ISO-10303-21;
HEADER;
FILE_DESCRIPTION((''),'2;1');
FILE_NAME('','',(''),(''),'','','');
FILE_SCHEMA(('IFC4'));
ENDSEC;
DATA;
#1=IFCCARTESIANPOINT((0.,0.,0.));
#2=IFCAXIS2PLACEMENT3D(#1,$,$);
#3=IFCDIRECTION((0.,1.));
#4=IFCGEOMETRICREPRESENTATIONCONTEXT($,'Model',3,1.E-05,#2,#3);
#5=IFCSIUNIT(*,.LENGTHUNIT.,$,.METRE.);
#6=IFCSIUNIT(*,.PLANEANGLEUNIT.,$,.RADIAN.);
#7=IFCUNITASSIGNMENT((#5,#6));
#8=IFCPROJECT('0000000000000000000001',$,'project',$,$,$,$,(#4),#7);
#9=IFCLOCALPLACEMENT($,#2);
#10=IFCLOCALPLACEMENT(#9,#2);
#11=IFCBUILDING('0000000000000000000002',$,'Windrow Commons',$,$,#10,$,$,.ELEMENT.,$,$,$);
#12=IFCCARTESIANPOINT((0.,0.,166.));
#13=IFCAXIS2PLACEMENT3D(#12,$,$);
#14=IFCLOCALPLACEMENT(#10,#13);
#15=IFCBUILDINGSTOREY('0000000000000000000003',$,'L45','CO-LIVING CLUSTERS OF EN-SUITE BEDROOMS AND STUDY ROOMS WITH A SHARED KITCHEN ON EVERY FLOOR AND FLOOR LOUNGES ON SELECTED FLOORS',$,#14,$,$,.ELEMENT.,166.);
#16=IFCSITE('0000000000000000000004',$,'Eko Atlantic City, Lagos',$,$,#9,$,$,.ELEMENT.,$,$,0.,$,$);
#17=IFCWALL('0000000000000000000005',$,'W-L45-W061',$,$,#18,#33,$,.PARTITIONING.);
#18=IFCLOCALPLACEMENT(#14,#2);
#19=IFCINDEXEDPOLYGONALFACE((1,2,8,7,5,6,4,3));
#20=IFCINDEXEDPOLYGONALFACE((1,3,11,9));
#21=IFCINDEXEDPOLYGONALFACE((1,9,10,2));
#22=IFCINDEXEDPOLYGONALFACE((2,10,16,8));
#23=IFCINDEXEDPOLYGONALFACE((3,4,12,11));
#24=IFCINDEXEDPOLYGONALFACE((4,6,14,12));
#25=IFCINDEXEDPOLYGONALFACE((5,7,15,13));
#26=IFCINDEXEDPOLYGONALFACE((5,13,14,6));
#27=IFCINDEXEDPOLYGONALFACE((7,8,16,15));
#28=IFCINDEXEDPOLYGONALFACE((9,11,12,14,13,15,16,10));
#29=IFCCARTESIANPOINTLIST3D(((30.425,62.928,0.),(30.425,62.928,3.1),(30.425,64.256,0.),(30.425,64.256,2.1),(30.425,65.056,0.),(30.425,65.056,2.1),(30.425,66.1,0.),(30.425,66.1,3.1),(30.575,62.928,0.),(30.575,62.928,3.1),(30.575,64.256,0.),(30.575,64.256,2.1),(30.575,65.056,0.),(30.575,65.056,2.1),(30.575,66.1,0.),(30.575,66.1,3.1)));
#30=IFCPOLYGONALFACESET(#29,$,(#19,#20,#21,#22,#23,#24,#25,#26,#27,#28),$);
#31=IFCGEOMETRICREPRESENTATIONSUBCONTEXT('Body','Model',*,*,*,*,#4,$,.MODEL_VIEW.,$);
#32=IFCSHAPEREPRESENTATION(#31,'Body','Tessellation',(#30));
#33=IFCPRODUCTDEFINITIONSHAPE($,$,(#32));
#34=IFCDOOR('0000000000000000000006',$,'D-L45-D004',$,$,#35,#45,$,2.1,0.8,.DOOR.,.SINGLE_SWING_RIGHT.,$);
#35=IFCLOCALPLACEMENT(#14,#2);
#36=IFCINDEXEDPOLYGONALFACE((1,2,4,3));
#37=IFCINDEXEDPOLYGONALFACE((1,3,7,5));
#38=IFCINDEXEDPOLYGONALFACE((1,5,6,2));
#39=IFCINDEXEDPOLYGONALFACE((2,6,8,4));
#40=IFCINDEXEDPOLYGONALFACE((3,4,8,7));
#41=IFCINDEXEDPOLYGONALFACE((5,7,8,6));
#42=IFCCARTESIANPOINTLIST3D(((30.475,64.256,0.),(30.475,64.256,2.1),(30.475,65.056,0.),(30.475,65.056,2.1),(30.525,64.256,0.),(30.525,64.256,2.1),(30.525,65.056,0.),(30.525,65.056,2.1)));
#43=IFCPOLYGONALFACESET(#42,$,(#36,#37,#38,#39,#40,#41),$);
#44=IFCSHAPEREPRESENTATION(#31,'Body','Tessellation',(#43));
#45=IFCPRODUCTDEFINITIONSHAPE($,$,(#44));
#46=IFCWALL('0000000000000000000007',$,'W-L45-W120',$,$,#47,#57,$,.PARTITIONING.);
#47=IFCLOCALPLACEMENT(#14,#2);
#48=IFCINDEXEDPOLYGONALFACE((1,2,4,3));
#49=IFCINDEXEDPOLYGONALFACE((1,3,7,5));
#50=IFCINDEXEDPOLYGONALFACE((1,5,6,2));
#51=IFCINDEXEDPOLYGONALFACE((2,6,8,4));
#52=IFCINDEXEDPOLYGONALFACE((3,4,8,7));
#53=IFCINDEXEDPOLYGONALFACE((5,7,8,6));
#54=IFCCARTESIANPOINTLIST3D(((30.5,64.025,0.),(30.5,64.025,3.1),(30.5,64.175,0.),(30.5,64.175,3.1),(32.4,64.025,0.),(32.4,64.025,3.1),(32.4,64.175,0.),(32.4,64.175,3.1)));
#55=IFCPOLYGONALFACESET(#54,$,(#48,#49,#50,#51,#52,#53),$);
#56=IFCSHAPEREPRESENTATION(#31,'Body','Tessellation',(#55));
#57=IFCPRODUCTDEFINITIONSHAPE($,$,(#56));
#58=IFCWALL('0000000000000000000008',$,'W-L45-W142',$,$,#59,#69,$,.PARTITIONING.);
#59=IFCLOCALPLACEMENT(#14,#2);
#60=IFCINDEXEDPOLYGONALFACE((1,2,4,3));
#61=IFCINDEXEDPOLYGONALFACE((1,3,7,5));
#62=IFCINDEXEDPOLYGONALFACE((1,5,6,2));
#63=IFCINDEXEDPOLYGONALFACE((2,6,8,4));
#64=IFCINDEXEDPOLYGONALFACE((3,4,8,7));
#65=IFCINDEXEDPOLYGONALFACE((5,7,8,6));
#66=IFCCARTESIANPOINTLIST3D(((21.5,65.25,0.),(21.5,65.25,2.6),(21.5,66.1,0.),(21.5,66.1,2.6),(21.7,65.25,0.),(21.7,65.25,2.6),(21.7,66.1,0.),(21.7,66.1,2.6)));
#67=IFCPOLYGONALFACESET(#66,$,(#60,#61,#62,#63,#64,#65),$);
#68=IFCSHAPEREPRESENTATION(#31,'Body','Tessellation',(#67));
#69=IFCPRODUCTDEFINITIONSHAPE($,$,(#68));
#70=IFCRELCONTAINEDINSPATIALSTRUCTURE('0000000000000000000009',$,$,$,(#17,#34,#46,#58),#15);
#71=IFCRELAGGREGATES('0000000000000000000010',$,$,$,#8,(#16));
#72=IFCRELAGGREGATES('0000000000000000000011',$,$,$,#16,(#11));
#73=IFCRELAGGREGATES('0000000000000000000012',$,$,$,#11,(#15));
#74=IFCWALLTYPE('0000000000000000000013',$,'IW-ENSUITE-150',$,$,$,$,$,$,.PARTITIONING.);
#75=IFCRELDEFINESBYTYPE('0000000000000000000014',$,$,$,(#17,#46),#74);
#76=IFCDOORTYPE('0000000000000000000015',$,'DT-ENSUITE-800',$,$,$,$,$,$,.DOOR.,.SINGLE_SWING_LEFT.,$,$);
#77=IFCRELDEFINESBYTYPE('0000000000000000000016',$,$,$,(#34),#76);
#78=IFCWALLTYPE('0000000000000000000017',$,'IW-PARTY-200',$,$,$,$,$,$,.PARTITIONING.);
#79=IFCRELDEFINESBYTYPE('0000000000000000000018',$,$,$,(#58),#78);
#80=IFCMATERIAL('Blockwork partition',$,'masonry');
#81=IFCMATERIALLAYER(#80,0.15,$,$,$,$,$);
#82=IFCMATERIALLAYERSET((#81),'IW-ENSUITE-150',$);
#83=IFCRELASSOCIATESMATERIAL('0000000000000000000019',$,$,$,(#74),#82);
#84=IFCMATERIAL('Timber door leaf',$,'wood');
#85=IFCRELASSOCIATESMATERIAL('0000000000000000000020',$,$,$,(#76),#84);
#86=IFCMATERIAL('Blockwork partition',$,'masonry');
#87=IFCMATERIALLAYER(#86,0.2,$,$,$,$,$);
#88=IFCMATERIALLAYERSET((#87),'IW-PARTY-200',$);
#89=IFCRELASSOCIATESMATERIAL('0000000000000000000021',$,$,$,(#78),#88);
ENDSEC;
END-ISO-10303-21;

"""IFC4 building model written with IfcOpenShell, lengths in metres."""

from ifc_helpers import new_model, si_unit, direction, frame, frame_2d, origin, place, context, subcontext, project, spatial, rectangle, extrude, material, layer, layer_set, type_object, element, fill, save


model = new_model("IFC4")

# Units and contexts
model_context = context("Model", 3, precision=1e-05, world=origin(), true_north=direction((0.0, 1.0)))
body_context = subcontext(model_context, "Body", "Model", "MODEL_VIEW")
ifc_project = project(units=[si_unit("LENGTHUNIT", "METRE"), si_unit("PLANEANGLEUNIT", "RADIAN")], contexts=[model_context])

# Site, building, storey
site_placement = place(None, origin())
site = spatial("IfcSite", under=ifc_project, at=site_placement, Name="Eko Atlantic City, Lagos", CompositionType="ELEMENT", RefElevation=0.0)
building_placement = place(site_placement, origin())
building = spatial("IfcBuilding", under=site, at=building_placement, Name="Windrow Commons", CompositionType="ELEMENT")
storey_placement = place(building_placement, frame((0.0, 0.0, 166.0)))
storey = spatial("IfcBuildingStorey", under=building, at=storey_placement, Name="L45", Description="CO-LIVING CLUSTERS OF EN-SUITE BEDROOMS AND STUDY ROOMS WITH A SHARED KITCHEN ON EVERY FLOOR AND FLOOR LOUNGES ON SELECTED FLOORS", CompositionType="ELEMENT", Elevation=166.0)

# Wall, opening, door
ifc_material_1 = material(Name="Blockwork partition", Category="masonry")
ifc_layer_1 = layer(ifc_material_1, 0.15)
ifc_layer_set_1 = layer_set([ifc_layer_1], Name="IW-ENSUITE-150")
wall_type_1 = type_object("IfcWallType", Name="IW-ENSUITE-150", PredefinedType="PARTITIONING", material=ifc_layer_set_1)
wall_1_placement = place(storey_placement, frame((30.5, 62.928, 0.0), z_axis=(0.0, 0.0, 1.0), x_axis=(0.0, 1.0, 0.0)))
wall_1 = element("IfcWall", 1, at=wall_1_placement, inside=storey, type_object=wall_type_1, Name="W-L45-W061", PredefinedType="PARTITIONING", context=body_context, shape_type="SweptSolid", body=[
    extrude(rectangle(XDim=3.172, YDim=0.15, at=frame_2d((1.586, 0.0))), origin(), (0.0, 0.0, 1.0), 3.1),
])
opening_1_placement = place(wall_1_placement, frame((1.328, 0.0, 0.0)))
opening_1 = element("IfcOpeningElement", 2, at=opening_1_placement, cuts=wall_1, PredefinedType="OPENING", context=body_context, shape_type="SweptSolid", body=[
    extrude(rectangle(XDim=0.8, YDim=2.1, at=frame_2d((0.4, 1.05))), frame((0.0, 0.085, 0.0), z_axis=(0.0, -1.0, 0.0), x_axis=(1.0, 0.0, 0.0)), (0.0, 0.0, 1.0), 0.17),
])
ifc_material_2 = material(Name="Timber door leaf", Category="wood")
door_type_1 = type_object("IfcDoorType", Name="DT-ENSUITE-800", OperationType="SINGLE_SWING_LEFT", PredefinedType="DOOR", material=ifc_material_2)
door_1_placement = place(opening_1_placement, origin())
door_1 = element("IfcDoor", 3, at=door_1_placement, inside=storey, type_object=door_type_1, Name="D-L45-D004", OperationType="SINGLE_SWING_RIGHT", OverallHeight=2.1, OverallWidth=0.8, PredefinedType="DOOR", context=body_context, shape_type="SweptSolid", body=[
    extrude(rectangle(XDim=0.8, YDim=2.1, at=frame_2d((0.4, 1.05))), frame((0.0, 0.025, 0.0), z_axis=(0.0, -1.0, 0.0), x_axis=(1.0, 0.0, 0.0)), (0.0, 0.0, 1.0), 0.05),
])
fill(opening_1, door_1)

# Walls
wall_2_placement = place(storey_placement, frame((30.5, 64.1, 0.0), z_axis=(0.0, 0.0, 1.0), x_axis=(1.0, 0.0, 0.0)))
element("IfcWall", 4, at=wall_2_placement, inside=storey, type_object=wall_type_1, Name="W-L45-W120", PredefinedType="PARTITIONING", context=body_context, shape_type="SweptSolid", body=[
    extrude(rectangle(XDim=1.9, YDim=0.15, at=frame_2d((0.95, 0.0))), origin(), (0.0, 0.0, 1.0), 3.1),
])
ifc_material_3 = material(Name="Blockwork partition", Category="masonry")
ifc_layer_2 = layer(ifc_material_3, 0.2)
ifc_layer_set_2 = layer_set([ifc_layer_2], Name="IW-PARTY-200")
wall_type_2 = type_object("IfcWallType", Name="IW-PARTY-200", PredefinedType="PARTITIONING", material=ifc_layer_set_2)
wall_3_placement = place(storey_placement, frame((21.6, 65.25, 0.0), z_axis=(0.0, 0.0, 1.0), x_axis=(0.0, 1.0, 0.0)))
element("IfcWall", 5, at=wall_3_placement, inside=storey, type_object=wall_type_2, Name="W-L45-W142", PredefinedType="PARTITIONING", context=body_context, shape_type="SweptSolid", body=[
    extrude(rectangle(XDim=0.85, YDim=0.2, at=frame_2d((0.425, 0.0))), origin(), (0.0, 0.0, 1.0), 2.6),
])

save(model, "model.ifc")
